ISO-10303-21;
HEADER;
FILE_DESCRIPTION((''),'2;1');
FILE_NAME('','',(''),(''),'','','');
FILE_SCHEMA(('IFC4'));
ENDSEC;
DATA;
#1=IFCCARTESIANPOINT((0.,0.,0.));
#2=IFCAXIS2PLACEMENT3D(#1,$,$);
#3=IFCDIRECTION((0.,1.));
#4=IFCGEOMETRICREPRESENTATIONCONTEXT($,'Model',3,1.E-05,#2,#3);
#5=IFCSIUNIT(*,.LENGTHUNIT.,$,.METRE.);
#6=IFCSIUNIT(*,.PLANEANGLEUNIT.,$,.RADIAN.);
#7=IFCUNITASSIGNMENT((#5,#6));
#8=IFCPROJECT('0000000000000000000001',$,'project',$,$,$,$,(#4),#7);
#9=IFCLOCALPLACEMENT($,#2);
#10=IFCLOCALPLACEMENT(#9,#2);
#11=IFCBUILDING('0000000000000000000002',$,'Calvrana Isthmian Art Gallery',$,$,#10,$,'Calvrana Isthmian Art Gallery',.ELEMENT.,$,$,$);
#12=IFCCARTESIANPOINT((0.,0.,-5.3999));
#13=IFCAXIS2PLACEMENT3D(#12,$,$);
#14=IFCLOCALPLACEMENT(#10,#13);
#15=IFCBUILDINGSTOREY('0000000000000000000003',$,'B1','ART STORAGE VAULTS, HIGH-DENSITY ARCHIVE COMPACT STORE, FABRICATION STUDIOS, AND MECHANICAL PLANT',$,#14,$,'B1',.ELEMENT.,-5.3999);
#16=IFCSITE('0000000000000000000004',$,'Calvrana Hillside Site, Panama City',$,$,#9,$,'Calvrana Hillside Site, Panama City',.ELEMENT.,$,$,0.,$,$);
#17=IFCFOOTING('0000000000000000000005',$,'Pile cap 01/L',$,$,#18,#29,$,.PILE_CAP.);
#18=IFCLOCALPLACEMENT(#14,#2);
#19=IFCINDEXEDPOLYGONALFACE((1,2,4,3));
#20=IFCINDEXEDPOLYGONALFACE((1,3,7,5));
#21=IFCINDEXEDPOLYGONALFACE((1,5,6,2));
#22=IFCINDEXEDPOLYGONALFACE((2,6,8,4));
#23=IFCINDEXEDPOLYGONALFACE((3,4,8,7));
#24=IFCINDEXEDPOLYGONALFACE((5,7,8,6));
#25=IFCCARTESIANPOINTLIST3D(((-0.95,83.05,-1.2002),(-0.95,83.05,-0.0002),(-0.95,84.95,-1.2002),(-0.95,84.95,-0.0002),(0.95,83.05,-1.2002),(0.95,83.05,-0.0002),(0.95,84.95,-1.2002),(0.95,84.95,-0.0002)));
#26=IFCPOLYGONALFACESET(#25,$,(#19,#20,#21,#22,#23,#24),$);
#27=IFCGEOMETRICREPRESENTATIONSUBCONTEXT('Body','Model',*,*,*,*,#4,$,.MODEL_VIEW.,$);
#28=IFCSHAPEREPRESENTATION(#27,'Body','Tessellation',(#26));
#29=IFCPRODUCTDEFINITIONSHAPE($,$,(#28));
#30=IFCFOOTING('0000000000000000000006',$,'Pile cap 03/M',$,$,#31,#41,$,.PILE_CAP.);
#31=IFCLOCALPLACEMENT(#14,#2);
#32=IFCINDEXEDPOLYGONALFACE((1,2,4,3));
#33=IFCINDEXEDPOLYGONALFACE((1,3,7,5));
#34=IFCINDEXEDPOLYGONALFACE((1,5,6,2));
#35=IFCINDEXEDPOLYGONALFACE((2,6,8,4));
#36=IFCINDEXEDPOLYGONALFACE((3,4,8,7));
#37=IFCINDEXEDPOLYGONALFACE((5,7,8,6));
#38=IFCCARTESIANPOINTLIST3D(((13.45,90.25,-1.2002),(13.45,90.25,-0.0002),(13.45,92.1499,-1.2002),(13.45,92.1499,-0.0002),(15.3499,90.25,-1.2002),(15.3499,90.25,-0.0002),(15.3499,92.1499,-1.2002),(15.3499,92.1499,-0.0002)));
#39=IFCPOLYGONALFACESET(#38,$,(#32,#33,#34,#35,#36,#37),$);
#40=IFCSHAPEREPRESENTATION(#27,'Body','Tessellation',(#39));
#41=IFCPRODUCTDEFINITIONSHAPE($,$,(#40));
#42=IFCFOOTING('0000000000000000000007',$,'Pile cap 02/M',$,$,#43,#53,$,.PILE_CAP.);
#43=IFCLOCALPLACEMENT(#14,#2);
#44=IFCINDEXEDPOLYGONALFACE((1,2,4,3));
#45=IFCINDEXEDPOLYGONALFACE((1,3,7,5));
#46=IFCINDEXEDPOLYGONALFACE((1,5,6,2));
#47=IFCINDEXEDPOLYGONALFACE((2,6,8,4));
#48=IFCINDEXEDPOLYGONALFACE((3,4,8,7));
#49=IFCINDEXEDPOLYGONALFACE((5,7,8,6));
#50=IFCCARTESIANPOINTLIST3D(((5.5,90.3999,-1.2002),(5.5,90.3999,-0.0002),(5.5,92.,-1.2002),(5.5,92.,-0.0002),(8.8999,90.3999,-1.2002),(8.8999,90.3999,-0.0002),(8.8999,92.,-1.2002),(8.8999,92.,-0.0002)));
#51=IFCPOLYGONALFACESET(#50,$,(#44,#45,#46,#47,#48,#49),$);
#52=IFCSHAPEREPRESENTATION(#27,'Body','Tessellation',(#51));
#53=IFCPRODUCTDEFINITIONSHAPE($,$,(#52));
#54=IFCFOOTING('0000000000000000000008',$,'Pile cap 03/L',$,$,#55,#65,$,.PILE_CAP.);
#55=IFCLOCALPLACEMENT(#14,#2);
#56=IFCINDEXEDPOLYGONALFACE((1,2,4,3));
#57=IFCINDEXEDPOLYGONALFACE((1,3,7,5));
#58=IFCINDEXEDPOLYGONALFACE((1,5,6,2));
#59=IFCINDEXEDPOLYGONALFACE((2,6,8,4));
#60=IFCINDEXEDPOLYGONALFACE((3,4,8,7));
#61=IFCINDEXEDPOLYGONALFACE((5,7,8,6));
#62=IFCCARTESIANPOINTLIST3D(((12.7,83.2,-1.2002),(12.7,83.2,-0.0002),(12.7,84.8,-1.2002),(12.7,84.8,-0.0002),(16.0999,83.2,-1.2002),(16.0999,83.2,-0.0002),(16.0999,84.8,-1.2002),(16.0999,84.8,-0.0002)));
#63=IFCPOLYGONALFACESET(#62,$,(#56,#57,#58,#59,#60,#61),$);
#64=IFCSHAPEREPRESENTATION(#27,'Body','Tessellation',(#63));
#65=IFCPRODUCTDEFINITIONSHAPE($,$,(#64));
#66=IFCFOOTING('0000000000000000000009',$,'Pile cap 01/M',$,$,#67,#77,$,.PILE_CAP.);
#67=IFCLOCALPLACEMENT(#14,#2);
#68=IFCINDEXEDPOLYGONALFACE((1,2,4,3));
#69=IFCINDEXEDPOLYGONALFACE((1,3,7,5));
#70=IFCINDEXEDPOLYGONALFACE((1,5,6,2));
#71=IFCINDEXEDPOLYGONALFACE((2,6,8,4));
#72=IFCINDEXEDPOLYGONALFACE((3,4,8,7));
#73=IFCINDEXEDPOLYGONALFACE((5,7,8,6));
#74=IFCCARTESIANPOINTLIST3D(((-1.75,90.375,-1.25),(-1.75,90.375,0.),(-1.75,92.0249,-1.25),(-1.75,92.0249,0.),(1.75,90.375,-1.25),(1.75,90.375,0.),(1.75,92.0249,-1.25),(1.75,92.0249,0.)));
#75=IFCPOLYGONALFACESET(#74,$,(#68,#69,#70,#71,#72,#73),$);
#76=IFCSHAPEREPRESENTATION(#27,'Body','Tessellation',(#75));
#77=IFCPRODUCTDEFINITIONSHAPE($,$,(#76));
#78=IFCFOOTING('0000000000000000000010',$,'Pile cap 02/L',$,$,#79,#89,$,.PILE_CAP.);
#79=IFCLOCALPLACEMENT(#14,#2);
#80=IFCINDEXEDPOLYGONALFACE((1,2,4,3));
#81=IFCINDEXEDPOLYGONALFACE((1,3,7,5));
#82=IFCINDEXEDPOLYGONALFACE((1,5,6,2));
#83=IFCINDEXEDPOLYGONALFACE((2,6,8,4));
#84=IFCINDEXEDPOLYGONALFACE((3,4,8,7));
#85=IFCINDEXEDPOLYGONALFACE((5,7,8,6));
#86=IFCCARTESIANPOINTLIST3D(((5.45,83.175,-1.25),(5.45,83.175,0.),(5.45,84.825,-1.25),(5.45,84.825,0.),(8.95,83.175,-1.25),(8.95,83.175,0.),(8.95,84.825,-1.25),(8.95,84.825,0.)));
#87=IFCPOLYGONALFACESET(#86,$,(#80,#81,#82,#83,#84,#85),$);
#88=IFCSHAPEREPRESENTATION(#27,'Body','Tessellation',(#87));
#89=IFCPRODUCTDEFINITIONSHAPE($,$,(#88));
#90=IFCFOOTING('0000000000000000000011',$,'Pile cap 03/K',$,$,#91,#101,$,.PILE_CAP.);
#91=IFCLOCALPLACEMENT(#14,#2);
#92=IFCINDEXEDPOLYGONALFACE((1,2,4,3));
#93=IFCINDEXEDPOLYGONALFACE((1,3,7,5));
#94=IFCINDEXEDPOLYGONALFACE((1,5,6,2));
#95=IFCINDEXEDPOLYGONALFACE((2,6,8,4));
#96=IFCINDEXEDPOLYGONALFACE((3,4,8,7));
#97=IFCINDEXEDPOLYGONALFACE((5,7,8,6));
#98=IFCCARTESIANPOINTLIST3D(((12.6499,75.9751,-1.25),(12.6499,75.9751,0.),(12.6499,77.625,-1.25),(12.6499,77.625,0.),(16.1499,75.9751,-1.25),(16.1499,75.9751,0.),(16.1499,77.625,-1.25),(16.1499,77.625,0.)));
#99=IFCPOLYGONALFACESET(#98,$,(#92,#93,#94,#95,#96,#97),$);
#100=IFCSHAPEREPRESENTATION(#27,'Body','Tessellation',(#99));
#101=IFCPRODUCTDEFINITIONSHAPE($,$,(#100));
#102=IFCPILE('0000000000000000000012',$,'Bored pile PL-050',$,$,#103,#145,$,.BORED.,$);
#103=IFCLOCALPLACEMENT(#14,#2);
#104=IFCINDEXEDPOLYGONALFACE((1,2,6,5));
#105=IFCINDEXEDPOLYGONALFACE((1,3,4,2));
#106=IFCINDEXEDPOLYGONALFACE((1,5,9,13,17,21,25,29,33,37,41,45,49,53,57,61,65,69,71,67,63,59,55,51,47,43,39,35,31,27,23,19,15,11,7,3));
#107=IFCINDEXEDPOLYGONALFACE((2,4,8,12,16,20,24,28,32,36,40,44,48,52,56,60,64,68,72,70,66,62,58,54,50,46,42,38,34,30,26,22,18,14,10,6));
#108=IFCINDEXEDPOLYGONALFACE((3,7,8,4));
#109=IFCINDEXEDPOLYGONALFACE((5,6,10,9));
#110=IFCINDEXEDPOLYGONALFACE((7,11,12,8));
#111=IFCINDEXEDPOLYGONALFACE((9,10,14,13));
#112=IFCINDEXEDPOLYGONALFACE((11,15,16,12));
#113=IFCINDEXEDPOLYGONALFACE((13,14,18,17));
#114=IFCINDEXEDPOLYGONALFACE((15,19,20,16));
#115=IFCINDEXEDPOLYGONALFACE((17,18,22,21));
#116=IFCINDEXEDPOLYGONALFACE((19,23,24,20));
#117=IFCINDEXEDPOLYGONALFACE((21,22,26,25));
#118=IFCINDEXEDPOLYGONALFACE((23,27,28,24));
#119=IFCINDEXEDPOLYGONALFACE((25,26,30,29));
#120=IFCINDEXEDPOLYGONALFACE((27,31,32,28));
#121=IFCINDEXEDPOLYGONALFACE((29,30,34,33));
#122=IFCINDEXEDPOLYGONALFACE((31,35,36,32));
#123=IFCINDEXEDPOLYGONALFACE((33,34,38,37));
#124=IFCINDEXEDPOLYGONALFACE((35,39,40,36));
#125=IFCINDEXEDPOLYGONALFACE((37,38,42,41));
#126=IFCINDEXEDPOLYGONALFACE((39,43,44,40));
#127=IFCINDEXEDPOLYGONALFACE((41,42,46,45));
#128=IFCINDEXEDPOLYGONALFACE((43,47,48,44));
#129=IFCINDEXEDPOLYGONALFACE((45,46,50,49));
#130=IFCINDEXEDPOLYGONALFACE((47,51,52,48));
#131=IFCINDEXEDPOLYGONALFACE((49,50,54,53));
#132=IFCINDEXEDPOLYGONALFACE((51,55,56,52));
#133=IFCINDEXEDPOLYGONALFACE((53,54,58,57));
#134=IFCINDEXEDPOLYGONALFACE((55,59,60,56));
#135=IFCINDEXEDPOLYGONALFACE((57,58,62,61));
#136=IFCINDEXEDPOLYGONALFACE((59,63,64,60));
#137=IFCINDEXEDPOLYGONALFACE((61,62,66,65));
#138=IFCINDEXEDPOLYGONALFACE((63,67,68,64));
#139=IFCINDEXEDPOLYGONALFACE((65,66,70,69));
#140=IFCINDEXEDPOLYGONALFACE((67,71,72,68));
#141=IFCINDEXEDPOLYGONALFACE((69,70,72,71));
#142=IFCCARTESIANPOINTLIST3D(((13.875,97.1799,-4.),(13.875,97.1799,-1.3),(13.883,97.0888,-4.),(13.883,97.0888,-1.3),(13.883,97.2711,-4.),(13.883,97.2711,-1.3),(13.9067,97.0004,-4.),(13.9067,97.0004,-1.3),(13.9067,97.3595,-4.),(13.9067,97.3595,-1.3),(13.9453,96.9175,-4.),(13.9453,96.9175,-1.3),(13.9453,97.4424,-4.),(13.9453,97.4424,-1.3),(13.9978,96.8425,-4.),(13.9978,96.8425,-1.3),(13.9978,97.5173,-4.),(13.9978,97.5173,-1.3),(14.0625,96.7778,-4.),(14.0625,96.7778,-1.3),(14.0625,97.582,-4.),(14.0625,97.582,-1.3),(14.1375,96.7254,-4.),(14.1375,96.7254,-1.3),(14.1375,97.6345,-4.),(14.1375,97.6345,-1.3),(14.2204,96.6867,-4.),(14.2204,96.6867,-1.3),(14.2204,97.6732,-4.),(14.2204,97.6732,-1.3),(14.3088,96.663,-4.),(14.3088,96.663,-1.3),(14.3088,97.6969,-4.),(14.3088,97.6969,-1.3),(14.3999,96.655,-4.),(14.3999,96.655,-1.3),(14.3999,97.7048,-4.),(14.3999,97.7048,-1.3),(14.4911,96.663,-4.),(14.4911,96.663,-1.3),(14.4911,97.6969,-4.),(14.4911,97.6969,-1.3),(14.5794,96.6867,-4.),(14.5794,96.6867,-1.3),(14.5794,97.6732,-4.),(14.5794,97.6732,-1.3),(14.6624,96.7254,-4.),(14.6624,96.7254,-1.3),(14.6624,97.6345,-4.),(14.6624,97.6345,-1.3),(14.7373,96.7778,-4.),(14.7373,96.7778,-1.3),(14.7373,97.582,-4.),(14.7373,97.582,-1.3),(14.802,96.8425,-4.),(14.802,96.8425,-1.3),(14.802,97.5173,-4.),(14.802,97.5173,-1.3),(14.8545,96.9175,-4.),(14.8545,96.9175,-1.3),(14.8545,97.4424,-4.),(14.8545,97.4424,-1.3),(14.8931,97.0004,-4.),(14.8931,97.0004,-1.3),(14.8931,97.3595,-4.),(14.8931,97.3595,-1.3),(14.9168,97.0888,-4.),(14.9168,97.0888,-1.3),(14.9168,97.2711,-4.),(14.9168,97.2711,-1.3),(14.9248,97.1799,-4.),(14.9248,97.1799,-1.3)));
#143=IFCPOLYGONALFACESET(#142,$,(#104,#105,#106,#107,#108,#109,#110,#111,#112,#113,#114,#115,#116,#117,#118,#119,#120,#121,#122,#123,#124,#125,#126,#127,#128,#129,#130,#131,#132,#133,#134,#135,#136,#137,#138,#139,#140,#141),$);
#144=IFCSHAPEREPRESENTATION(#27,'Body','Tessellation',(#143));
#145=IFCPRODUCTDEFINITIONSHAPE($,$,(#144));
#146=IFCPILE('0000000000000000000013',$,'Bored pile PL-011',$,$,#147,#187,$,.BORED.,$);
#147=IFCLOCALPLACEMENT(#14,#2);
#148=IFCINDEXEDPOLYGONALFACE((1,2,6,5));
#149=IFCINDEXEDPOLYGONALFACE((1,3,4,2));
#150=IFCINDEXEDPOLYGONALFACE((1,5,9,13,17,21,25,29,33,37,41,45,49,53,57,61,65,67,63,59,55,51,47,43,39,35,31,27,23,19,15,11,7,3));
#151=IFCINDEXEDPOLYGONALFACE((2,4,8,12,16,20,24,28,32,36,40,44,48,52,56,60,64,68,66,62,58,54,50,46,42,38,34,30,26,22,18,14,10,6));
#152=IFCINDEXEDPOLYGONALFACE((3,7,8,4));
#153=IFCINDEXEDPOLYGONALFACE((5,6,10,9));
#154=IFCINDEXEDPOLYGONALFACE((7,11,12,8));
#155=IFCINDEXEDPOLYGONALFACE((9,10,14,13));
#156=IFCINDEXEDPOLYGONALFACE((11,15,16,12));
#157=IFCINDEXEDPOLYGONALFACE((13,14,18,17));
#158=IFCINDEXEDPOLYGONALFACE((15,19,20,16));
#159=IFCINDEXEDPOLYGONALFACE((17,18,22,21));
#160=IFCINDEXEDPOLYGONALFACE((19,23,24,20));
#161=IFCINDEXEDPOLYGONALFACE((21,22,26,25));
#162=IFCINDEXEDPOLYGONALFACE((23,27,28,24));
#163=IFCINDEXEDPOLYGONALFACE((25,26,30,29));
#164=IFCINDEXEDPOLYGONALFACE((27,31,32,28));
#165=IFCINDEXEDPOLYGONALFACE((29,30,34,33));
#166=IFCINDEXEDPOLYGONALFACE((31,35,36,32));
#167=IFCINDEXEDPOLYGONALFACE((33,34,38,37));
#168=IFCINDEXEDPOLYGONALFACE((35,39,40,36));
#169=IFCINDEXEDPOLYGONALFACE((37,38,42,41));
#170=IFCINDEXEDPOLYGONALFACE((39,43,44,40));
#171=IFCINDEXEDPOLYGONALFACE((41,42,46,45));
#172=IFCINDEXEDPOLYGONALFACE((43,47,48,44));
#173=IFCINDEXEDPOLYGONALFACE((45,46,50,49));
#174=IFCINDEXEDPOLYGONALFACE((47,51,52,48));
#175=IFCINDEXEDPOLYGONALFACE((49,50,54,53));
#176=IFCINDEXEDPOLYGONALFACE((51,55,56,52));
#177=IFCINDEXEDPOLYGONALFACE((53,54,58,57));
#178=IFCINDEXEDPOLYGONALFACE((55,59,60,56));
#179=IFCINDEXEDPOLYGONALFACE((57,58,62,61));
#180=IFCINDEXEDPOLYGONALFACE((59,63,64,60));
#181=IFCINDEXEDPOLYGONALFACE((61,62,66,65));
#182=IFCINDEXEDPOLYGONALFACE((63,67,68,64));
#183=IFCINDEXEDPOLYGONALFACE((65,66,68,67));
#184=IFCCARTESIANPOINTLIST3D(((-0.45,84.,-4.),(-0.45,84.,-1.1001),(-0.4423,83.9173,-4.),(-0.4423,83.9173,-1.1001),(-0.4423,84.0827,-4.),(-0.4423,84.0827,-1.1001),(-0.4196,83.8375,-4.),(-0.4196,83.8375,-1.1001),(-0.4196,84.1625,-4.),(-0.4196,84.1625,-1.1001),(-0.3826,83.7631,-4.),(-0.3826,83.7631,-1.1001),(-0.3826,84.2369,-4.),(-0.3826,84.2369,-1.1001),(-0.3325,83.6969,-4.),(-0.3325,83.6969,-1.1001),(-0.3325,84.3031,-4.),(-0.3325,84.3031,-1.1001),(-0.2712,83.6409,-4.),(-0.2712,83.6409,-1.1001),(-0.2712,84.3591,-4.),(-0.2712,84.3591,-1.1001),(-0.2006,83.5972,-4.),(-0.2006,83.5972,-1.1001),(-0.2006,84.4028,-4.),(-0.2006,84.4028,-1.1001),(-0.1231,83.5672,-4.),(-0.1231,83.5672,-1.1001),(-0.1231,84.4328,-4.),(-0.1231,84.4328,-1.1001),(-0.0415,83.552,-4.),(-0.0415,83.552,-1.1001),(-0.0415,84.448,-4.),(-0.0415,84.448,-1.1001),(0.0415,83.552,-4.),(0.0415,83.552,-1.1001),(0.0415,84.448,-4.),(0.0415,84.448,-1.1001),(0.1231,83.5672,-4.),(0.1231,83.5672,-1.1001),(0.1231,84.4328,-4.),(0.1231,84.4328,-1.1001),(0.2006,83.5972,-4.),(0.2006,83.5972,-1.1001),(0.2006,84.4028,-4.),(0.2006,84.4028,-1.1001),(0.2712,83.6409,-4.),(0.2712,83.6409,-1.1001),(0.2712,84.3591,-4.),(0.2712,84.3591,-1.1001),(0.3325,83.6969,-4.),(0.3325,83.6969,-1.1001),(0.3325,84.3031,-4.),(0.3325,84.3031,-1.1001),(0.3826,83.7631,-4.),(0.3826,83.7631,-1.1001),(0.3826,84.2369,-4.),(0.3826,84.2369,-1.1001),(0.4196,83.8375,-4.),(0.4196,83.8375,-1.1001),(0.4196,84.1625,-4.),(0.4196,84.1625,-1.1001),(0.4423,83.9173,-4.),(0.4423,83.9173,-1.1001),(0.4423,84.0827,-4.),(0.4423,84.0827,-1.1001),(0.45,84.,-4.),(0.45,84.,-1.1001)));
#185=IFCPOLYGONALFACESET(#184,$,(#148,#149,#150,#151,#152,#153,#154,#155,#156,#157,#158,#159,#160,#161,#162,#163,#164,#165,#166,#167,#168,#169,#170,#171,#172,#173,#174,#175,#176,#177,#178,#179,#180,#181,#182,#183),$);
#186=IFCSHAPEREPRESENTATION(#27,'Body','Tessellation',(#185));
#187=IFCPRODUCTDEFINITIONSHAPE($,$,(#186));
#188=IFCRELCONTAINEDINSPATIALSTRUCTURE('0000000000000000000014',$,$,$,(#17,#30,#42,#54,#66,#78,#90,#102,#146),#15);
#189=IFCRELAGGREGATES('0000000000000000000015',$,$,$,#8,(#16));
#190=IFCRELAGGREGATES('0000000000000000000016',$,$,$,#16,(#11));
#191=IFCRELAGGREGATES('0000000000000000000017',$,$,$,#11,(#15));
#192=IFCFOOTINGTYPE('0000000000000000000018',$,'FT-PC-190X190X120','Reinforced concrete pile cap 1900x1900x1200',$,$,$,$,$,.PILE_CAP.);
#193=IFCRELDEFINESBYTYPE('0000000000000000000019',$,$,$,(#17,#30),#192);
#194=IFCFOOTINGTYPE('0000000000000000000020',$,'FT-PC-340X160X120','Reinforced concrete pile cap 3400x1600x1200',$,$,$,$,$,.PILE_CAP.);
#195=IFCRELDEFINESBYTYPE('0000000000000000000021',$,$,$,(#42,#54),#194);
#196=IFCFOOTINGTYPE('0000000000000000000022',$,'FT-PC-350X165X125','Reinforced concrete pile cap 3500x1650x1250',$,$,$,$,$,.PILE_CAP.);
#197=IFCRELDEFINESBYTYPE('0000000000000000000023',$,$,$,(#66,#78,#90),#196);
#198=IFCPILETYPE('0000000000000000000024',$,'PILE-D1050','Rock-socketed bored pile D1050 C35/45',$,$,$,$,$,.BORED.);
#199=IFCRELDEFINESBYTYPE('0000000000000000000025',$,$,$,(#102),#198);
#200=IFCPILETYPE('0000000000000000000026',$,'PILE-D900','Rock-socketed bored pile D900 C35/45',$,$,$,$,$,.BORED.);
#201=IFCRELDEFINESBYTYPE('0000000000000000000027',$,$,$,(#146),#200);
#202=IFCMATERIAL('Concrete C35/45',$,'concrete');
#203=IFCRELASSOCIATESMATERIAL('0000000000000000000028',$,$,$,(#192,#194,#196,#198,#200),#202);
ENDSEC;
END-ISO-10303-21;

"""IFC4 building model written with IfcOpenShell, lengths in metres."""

from ifc_helpers import new_model, si_unit, direction, frame, origin, origin_2d, place, context, subcontext, project, spatial, rectangle, circle, extrude, material, material_profile, profile_set, type_object, element, save


model = new_model("IFC4")

# Units and contexts
model_context = context("Model", 3, precision=1e-05, world=origin(), true_north=direction((0.0, 1.0)))
body_context = subcontext(model_context, "Body", "Model", "MODEL_VIEW")
ifc_project = project(units=[si_unit("LENGTHUNIT", "METRE"), si_unit("PLANEANGLEUNIT", "RADIAN")], contexts=[model_context])

# Site, building, storey
site_placement = place(None, origin())
site = spatial("IfcSite", under=ifc_project, at=site_placement, Name="Calvrana Hillside Site, Panama City", LongName="Calvrana Hillside Site, Panama City", CompositionType="ELEMENT", RefElevation=0.0)
building_placement = place(site_placement, origin())
building = spatial("IfcBuilding", under=site, at=building_placement, Name="Calvrana Isthmian Art Gallery", LongName="Calvrana Isthmian Art Gallery", CompositionType="ELEMENT")
storey_placement = place(building_placement, frame((0.0, 0.0, -5.3999)))
storey = spatial("IfcBuildingStorey", under=building, at=storey_placement, Name="B1", Description="ART STORAGE VAULTS, HIGH-DENSITY ARCHIVE COMPACT STORE, FABRICATION STUDIOS, AND MECHANICAL PLANT", LongName="B1", CompositionType="ELEMENT", Elevation=-5.3999)

# Footings
ifc_material_1 = material(Name="Concrete C35/45", Category="concrete")
footing_type_1 = type_object("IfcFootingType", Name="FT-PC-190X190X120", Description="Reinforced concrete pile cap 1900x1900x1200", PredefinedType="PILE_CAP", material=ifc_material_1)
for number, where, z_axis, x_axis, name in (
    (1, (0.0, 84.0, -1.2002), (0.0, 0.0, 1.0), (1.0, 0.0, 0.0), "Pile cap 01/L"),
    (2, (14.3999, 91.2, -1.2002), (0.0, 0.0, 1.0), (1.0, 0.0, 0.0), "Pile cap 03/M"),
):
    element("IfcFooting", number, at=place(storey_placement, frame(where, z_axis=z_axis, x_axis=x_axis)), inside=storey, type_object=footing_type_1, Name=name, PredefinedType="PILE_CAP", context=body_context, shape_type="SweptSolid", body=[
        extrude(rectangle(XDim=1.8999, YDim=1.8999, at=origin_2d()), origin(), (0.0, 0.0, 1.0), 1.2),
    ])
footing_type_2 = type_object("IfcFootingType", Name="FT-PC-340X160X120", Description="Reinforced concrete pile cap 3400x1600x1200", PredefinedType="PILE_CAP", material=ifc_material_1)
for number, where, z_axis, x_axis, name in (
    (3, (7.2, 91.2, -1.2002), (0.0, 0.0, 1.0), (1.0, 0.0, 0.0), "Pile cap 02/M"),
    (4, (14.3999, 84.0, -1.2002), (0.0, 0.0, 1.0), (1.0, 0.0, 0.0), "Pile cap 03/L"),
):
    element("IfcFooting", number, at=place(storey_placement, frame(where, z_axis=z_axis, x_axis=x_axis)), inside=storey, type_object=footing_type_2, Name=name, PredefinedType="PILE_CAP", context=body_context, shape_type="SweptSolid", body=[
        extrude(rectangle(XDim=3.3999, YDim=1.6001, at=origin_2d()), origin(), (0.0, 0.0, 1.0), 1.2),
    ])
footing_type_3 = type_object("IfcFootingType", Name="FT-PC-350X165X125", Description="Reinforced concrete pile cap 3500x1650x1250", PredefinedType="PILE_CAP", material=ifc_material_1)
for number, where, z_axis, x_axis, name in (
    (5, (0.0, 91.2, -1.25), (0.0, 0.0, 1.0), (1.0, 0.0, 0.0), "Pile cap 01/M"),
    (6, (7.2, 84.0, -1.25), (0.0, 0.0, 1.0), (1.0, 0.0, 0.0), "Pile cap 02/L"),
    (7, (14.3999, 76.8, -1.25), (0.0, 0.0, 1.0), (1.0, 0.0, 0.0), "Pile cap 03/K"),
):
    element("IfcFooting", number, at=place(storey_placement, frame(where, z_axis=z_axis, x_axis=x_axis)), inside=storey, type_object=footing_type_3, Name=name, PredefinedType="PILE_CAP", context=body_context, shape_type="SweptSolid", body=[
        extrude(rectangle(XDim=3.5, YDim=1.6499, at=origin_2d()), origin(), (0.0, 0.0, 1.0), 1.25),
    ])

# Piles
ifc_material_profile_1 = material_profile(ifc_material_1, circle(Radius=0.5249, at=origin_2d()), Name="PILE1050D")
ifc_profile_set_1 = profile_set([ifc_material_profile_1], Name="Concrete C35/45")
pile_type_1 = type_object("IfcPileType", Name="PILE-D1050", Description="Rock-socketed bored pile D1050 C35/45", PredefinedType="BORED", material=ifc_profile_set_1)
pile_1_placement = place(storey_placement, frame((14.3999, 97.1799, -1.3), z_axis=(0.0, 0.0, -1.0), x_axis=(1.0, 0.0, 0.0)))
element("IfcPile", 8, at=pile_1_placement, inside=storey, type_object=pile_type_1, Name="Bored pile PL-050", PredefinedType="BORED", context=body_context, shape_type="SweptSolid", body=[
    extrude(circle(Radius=0.5249, at=origin_2d()), origin(), (0.0, 0.0, 1.0), 2.7),
])
ifc_material_profile_2 = material_profile(ifc_material_1, circle(Radius=0.45, at=origin_2d()), Name="PILE900D")
ifc_profile_set_2 = profile_set([ifc_material_profile_2], Name="Concrete C35/45")
pile_type_2 = type_object("IfcPileType", Name="PILE-D900", Description="Rock-socketed bored pile D900 C35/45", PredefinedType="BORED", material=ifc_profile_set_2)
pile_2_placement = place(storey_placement, frame((0.0, 84.0, -1.1001), z_axis=(0.0, 0.0, -1.0), x_axis=(1.0, 0.0, 0.0)))
element("IfcPile", 9, at=pile_2_placement, inside=storey, type_object=pile_type_2, Name="Bored pile PL-011", PredefinedType="BORED", context=body_context, shape_type="SweptSolid", body=[
    extrude(circle(Radius=0.45, at=origin_2d()), origin(), (0.0, 0.0, 1.0), 2.8999),
])

save(model, "model.ifc")
